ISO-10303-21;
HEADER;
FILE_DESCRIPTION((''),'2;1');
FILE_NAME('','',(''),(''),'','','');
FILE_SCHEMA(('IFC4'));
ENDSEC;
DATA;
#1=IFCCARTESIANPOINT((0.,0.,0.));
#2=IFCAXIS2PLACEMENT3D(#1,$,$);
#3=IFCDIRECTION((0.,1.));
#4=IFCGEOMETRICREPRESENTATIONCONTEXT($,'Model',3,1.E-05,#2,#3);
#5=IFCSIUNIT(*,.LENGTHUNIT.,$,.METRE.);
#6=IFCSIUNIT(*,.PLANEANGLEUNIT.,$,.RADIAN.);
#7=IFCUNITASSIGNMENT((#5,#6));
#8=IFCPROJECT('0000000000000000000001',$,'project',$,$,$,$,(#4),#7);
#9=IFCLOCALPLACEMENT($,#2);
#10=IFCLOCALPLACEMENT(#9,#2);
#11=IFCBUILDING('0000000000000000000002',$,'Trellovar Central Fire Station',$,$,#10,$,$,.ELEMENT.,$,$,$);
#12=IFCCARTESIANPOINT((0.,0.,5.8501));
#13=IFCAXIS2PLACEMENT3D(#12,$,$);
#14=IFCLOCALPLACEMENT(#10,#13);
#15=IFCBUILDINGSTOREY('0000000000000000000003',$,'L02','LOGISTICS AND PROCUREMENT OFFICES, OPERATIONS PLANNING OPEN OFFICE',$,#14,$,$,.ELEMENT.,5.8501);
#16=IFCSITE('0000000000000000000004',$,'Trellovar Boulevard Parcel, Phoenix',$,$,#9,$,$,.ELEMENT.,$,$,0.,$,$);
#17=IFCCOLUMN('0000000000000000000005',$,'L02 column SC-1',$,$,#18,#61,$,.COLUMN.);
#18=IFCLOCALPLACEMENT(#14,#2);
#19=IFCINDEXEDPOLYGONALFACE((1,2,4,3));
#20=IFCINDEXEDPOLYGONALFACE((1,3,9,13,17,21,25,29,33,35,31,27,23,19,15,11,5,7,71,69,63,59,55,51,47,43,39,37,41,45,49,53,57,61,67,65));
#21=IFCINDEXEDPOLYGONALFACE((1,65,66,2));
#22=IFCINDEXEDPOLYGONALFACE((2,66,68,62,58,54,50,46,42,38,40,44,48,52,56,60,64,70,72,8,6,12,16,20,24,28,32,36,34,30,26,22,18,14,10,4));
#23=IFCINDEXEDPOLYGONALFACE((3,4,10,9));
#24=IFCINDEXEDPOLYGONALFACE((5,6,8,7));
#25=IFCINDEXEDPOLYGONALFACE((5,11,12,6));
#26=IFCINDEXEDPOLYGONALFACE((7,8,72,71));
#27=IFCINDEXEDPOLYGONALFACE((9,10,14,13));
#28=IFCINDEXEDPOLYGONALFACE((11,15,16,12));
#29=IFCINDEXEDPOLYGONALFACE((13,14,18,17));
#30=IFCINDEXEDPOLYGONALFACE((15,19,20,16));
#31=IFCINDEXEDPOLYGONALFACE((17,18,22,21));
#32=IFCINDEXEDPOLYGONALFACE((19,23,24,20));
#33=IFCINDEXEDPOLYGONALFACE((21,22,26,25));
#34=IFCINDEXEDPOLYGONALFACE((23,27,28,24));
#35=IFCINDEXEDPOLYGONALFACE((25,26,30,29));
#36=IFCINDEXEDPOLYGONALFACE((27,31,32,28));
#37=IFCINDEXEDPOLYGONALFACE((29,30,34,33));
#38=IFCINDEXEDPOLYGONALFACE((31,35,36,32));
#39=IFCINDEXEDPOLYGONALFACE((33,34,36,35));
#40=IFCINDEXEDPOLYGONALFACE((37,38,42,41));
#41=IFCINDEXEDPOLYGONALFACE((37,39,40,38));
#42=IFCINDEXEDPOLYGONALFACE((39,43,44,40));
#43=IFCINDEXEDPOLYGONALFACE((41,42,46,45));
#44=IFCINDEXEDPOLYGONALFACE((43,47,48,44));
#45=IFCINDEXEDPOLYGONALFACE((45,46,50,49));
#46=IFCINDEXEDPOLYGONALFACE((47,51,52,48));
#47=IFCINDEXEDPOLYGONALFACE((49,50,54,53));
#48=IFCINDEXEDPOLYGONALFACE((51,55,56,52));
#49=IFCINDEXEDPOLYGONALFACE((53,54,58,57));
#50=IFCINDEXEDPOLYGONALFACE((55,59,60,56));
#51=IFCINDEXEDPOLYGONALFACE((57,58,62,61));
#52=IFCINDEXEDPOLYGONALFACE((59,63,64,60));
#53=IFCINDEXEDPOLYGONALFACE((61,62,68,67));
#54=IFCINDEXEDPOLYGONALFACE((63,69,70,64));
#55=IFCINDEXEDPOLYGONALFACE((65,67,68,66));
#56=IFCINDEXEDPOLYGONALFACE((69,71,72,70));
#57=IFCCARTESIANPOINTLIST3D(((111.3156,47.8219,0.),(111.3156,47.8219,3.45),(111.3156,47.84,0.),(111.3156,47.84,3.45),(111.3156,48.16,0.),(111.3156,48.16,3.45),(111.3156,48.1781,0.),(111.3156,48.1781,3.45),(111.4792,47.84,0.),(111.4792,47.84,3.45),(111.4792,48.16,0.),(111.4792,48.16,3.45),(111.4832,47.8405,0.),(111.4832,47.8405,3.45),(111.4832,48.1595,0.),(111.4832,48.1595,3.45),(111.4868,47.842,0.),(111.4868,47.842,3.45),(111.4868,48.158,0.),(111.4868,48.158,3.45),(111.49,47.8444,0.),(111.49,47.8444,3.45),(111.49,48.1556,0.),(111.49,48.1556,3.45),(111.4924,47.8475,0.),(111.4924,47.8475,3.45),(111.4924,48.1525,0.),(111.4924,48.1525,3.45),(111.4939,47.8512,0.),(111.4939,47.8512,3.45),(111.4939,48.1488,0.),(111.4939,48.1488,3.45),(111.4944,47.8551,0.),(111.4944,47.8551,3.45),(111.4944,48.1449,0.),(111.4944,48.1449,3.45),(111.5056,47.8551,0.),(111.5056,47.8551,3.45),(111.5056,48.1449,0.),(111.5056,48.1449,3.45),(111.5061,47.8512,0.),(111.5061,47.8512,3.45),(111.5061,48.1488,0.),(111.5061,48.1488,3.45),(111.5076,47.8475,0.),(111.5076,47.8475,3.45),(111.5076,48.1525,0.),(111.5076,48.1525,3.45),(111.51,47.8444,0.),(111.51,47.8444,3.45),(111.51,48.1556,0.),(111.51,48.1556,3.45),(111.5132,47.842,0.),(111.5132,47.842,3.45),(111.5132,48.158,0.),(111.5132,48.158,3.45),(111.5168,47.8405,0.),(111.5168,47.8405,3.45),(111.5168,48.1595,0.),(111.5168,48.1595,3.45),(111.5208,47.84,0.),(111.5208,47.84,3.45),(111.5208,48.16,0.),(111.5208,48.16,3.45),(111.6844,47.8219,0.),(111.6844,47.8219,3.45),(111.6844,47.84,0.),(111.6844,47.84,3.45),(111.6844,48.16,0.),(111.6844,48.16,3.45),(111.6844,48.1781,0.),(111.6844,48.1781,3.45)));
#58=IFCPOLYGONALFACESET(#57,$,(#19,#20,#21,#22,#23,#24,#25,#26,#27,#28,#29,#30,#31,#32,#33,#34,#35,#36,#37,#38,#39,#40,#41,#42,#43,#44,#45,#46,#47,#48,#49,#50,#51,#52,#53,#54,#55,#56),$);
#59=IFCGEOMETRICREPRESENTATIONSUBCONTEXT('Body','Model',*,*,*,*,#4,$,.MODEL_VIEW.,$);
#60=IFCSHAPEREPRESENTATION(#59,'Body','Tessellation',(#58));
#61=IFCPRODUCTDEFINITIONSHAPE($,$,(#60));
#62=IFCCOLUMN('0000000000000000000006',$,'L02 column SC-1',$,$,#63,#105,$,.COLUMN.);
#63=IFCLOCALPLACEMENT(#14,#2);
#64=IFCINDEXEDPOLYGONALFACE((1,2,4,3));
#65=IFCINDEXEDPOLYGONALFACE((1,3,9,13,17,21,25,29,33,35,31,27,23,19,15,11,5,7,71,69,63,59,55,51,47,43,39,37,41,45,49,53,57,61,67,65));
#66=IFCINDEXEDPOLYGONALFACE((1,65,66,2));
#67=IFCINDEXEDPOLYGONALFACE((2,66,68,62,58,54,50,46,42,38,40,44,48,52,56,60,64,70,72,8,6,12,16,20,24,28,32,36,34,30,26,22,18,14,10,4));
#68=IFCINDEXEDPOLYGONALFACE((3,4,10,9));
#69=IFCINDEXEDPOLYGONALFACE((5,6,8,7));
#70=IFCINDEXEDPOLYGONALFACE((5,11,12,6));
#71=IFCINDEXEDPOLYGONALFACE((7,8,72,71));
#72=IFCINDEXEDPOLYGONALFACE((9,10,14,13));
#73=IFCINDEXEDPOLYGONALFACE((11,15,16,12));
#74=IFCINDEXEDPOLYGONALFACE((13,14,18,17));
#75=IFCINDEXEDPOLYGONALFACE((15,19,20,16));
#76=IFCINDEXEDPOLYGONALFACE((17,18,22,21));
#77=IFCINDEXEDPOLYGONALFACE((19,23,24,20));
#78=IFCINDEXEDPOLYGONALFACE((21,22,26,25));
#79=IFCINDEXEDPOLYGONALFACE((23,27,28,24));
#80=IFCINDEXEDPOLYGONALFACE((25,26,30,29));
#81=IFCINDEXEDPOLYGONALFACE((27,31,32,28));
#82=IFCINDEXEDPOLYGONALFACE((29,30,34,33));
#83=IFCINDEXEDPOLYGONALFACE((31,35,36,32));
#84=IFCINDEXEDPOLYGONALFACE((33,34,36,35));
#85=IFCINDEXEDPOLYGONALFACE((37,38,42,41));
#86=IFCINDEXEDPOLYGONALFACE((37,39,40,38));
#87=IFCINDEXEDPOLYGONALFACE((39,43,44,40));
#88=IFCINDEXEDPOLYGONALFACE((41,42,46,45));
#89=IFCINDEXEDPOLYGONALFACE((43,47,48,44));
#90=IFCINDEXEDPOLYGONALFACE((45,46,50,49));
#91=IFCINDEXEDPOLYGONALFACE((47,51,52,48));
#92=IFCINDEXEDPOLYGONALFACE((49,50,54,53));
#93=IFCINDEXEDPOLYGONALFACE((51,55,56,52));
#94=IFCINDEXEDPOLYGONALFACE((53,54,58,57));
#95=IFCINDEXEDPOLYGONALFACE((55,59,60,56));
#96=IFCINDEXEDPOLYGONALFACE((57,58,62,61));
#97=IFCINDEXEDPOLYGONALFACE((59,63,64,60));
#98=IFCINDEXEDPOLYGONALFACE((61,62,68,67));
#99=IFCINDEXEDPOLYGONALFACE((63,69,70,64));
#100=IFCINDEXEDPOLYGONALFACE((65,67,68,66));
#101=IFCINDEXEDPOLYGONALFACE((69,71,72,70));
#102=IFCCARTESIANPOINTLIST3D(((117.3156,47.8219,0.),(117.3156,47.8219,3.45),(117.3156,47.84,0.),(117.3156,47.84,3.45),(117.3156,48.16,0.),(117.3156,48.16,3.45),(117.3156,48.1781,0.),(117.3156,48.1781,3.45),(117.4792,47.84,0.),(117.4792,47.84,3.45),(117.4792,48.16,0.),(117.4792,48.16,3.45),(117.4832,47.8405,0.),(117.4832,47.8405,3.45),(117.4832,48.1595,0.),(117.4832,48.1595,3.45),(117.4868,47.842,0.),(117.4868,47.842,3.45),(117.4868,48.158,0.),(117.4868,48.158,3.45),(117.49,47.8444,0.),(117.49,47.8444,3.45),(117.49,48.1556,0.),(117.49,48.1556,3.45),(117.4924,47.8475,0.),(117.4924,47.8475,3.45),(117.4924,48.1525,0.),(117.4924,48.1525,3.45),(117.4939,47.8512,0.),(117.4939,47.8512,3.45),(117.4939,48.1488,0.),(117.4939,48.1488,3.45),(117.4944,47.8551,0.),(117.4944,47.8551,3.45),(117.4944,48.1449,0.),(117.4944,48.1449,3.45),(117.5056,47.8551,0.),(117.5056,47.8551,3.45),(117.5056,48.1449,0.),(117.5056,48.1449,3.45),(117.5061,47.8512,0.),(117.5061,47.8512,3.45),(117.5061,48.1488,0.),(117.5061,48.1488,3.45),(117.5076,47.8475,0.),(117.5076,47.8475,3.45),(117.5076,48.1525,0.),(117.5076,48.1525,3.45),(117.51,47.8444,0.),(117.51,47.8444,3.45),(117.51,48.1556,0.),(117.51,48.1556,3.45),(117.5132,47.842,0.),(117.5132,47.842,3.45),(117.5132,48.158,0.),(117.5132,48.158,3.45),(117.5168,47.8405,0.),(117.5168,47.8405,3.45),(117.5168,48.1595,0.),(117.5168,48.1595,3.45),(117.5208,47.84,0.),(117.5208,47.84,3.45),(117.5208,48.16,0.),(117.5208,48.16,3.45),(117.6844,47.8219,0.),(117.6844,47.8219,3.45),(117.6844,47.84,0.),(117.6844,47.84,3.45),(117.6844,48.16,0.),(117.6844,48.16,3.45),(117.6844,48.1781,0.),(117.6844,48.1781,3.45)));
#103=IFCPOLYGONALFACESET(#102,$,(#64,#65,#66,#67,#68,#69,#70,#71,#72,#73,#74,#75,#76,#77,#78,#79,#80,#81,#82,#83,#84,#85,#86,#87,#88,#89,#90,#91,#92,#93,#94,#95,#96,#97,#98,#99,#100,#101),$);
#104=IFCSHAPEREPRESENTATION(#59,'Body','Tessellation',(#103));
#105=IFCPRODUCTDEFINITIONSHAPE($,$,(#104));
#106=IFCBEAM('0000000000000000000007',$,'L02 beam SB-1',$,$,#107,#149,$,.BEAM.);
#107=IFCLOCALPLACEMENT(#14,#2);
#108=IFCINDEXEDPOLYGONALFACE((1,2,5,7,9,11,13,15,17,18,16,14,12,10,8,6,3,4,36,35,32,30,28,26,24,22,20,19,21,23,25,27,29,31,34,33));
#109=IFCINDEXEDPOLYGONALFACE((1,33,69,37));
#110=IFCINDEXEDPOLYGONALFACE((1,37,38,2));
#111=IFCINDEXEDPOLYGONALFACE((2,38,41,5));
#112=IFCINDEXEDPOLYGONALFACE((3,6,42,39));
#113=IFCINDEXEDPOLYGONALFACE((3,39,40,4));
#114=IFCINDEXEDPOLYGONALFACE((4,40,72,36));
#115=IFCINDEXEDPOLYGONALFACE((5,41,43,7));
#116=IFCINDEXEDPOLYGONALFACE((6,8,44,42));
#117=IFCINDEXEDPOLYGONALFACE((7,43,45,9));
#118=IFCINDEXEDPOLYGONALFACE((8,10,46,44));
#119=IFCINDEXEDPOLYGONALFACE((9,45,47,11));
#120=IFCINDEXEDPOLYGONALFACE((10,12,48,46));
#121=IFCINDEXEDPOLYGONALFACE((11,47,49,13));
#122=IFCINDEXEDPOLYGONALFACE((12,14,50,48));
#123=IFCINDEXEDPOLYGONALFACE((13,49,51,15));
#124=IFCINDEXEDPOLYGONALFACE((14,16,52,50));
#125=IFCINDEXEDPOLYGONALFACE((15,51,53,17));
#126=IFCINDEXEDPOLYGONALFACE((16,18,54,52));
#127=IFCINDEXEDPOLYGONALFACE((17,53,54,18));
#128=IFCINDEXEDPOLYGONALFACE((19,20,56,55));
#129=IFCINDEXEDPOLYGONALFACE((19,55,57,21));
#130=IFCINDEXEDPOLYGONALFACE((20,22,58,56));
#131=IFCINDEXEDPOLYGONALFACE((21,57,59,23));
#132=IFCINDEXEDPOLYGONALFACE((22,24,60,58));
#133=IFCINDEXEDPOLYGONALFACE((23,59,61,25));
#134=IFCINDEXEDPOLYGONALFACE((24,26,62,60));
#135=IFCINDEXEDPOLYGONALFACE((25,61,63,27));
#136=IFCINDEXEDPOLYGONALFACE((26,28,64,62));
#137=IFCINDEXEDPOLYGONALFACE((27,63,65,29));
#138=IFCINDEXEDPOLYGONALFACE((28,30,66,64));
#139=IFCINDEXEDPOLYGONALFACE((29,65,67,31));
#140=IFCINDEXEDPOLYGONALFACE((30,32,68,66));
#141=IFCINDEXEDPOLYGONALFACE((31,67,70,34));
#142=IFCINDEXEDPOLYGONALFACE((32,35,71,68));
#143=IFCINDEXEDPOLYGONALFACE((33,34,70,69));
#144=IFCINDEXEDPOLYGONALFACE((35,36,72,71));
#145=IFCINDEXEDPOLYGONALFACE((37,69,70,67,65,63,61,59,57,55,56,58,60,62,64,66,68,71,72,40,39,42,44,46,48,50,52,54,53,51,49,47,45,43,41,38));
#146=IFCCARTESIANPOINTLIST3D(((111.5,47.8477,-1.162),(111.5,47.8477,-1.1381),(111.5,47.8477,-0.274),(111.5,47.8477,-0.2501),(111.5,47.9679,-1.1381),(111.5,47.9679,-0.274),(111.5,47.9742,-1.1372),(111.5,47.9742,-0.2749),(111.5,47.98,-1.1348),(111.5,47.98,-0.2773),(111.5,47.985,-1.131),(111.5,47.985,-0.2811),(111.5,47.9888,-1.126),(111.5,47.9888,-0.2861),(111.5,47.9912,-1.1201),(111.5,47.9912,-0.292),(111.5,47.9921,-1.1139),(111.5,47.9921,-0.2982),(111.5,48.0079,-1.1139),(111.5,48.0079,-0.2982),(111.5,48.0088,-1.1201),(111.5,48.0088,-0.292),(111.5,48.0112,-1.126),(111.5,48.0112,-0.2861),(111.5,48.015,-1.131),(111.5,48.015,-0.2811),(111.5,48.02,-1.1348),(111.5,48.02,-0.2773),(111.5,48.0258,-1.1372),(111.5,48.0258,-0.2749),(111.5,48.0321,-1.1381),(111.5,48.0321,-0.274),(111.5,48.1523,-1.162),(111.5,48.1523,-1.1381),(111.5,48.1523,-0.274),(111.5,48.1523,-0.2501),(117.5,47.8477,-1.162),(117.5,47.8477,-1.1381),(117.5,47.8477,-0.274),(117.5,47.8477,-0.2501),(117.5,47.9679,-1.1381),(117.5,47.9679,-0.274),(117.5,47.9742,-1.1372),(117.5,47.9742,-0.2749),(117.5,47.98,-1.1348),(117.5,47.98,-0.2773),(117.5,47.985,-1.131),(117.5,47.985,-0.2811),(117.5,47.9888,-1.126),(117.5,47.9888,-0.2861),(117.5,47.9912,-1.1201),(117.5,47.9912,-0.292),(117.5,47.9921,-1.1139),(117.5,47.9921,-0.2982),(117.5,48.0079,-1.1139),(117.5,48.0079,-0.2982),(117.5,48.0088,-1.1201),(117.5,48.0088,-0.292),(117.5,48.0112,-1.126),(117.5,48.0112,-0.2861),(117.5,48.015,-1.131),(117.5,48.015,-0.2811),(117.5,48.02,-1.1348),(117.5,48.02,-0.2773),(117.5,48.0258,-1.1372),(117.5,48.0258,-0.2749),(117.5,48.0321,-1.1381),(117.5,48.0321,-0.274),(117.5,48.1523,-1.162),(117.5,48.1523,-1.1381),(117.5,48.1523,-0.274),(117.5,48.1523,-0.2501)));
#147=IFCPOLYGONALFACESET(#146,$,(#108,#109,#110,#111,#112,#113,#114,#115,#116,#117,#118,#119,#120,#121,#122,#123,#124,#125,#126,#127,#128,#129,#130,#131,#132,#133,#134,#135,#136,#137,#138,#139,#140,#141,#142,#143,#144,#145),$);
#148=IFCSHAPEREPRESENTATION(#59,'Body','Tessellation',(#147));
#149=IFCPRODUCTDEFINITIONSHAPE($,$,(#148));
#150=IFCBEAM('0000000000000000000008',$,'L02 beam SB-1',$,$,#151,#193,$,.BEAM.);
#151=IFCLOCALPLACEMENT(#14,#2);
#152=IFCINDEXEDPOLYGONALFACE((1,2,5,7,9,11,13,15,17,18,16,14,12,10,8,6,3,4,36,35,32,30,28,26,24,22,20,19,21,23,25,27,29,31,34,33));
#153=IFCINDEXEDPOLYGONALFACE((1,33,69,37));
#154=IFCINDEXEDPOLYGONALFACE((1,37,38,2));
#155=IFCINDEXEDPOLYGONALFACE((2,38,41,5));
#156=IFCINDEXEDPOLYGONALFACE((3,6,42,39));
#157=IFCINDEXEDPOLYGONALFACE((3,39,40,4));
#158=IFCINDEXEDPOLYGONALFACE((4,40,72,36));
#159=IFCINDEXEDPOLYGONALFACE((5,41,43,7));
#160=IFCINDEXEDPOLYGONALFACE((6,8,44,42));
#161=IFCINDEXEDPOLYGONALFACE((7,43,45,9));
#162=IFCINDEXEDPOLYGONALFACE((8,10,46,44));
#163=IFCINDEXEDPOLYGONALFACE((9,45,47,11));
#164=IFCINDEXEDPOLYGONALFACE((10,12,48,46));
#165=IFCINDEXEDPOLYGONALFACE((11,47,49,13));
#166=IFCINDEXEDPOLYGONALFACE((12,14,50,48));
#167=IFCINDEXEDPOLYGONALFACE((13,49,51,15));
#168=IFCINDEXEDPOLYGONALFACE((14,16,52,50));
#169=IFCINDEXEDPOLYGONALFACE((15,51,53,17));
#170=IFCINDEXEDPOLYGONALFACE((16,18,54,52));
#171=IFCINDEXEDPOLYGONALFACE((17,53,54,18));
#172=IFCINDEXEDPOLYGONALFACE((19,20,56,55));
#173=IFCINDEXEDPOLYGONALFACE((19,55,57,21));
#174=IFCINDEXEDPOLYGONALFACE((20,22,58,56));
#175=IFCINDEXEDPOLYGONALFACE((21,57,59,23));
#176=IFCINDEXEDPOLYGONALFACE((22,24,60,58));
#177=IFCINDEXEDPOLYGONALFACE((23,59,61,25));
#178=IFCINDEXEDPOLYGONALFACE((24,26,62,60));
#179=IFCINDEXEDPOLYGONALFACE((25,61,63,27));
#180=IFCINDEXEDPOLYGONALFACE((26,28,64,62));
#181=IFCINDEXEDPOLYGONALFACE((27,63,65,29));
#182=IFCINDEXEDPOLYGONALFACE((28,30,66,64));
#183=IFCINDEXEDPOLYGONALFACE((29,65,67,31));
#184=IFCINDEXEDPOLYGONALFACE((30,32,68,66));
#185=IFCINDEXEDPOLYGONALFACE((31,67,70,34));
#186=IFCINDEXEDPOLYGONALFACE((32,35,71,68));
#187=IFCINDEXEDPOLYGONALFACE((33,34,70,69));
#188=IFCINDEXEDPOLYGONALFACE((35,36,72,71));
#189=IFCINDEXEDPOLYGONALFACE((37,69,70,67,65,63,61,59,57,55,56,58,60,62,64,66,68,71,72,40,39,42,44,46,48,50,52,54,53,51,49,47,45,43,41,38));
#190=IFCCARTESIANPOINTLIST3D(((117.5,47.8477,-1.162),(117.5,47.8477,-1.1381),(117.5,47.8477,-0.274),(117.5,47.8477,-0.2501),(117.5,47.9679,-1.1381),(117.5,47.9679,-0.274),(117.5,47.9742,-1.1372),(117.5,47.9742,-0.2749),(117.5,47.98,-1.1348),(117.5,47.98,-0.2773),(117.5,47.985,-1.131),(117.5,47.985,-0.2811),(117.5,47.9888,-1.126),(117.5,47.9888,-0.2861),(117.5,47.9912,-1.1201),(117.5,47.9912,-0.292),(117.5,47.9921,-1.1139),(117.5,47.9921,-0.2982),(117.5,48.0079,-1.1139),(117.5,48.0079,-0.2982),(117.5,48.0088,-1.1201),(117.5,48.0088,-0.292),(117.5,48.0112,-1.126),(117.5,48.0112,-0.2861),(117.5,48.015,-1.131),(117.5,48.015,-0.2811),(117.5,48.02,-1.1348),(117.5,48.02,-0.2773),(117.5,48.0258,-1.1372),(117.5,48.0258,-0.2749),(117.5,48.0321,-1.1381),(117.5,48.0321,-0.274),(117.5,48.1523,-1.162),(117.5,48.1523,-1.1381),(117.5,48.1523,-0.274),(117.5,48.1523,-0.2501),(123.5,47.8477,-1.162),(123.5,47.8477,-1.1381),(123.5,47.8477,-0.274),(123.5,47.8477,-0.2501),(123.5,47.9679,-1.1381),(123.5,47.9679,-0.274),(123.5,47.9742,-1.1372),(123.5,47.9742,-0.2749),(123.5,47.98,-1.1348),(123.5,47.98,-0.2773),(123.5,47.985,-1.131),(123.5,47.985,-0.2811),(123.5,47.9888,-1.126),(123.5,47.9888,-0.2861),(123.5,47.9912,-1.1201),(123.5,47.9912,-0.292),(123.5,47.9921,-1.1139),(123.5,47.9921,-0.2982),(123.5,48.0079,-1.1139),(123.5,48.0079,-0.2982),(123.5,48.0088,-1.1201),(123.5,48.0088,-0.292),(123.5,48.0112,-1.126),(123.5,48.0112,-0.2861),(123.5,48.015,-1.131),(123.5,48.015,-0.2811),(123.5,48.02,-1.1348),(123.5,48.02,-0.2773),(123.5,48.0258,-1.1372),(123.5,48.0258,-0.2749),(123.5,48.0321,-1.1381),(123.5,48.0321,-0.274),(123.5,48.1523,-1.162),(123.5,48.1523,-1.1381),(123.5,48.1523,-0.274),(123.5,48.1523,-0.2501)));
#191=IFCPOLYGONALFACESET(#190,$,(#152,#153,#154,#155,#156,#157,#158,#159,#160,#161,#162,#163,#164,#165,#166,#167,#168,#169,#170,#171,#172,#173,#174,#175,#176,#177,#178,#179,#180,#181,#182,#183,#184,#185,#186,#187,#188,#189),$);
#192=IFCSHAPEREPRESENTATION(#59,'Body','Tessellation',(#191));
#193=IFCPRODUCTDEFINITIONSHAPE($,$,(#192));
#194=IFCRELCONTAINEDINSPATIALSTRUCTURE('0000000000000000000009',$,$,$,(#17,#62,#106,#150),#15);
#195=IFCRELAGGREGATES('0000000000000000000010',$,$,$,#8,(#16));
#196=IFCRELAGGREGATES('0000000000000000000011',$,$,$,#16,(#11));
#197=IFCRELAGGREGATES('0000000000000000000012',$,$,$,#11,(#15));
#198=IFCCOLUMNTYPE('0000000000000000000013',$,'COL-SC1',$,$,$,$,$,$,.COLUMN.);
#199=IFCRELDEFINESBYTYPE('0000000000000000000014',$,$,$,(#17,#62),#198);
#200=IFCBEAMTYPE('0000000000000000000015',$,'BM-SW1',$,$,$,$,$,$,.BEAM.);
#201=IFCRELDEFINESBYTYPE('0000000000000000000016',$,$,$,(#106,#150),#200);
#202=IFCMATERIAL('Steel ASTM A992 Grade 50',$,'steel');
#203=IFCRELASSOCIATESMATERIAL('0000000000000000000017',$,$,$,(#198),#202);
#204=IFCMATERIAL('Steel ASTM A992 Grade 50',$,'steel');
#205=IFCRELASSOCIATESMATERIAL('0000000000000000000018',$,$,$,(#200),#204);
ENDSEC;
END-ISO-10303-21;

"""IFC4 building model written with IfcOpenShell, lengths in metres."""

from ifc_helpers import new_model, si_unit, direction, frame, origin, origin_2d, place, context, subcontext, project, spatial, i_section, extrude, material, material_profile, profile_set, type_object, element, save


model = new_model("IFC4")

# Units and contexts
model_context = context("Model", 3, precision=1e-05, world=origin(), true_north=direction((0.0, 1.0)))
body_context = subcontext(model_context, "Body", "Model", "MODEL_VIEW")
ifc_project = project(units=[si_unit("LENGTHUNIT", "METRE"), si_unit("PLANEANGLEUNIT", "RADIAN")], contexts=[model_context])

# Site, building, storey
site_placement = place(None, origin())
site = spatial("IfcSite", under=ifc_project, at=site_placement, Name="Trellovar Boulevard Parcel, Phoenix", CompositionType="ELEMENT", RefElevation=0.0)
building_placement = place(site_placement, origin())
building = spatial("IfcBuilding", under=site, at=building_placement, Name="Trellovar Central Fire Station", CompositionType="ELEMENT")
storey_placement = place(building_placement, frame((0.0, 0.0, 5.8501)))
storey = spatial("IfcBuildingStorey", under=building, at=storey_placement, Name="L02", Description="LOGISTICS AND PROCUREMENT OFFICES, OPERATIONS PLANNING OPEN OFFICE", CompositionType="ELEMENT", Elevation=5.8501)

# Columns
ifc_material_1 = material(Name="Steel ASTM A992 Grade 50", Category="steel")
ifc_material_profile_1 = material_profile(ifc_material_1, i_section(OverallWidth=0.3689, OverallDepth=0.3562, WebThickness=0.0112, FlangeThickness=0.0181, FilletRadius=0.0151, at=origin_2d()), Name="W14X90")
ifc_profile_set_1 = profile_set([ifc_material_profile_1], Name="Steel ASTM A992 Grade 50")
column_type = type_object("IfcColumnType", Name="COL-SC1", PredefinedType="COLUMN", material=ifc_profile_set_1)
for number, where, z_axis, x_axis, name in (
    (1, (111.5, 48.0, 0.0), (0.0, 0.0, 1.0), (1.0, 0.0, 0.0), "L02 column SC-1"),
    (2, (117.5, 48.0, 0.0), (0.0, 0.0, 1.0), (1.0, 0.0, 0.0), "L02 column SC-1"),
):
    element("IfcColumn", number, at=place(storey_placement, frame(where, z_axis=z_axis, x_axis=x_axis)), inside=storey, type_object=column_type, Name=name, PredefinedType="COLUMN", context=body_context, shape_type="SweptSolid", body=[
        extrude(i_section(OverallWidth=0.3689, OverallDepth=0.3562, WebThickness=0.0112, FlangeThickness=0.0181, FilletRadius=0.0151, at=origin_2d()), origin(), (0.0, 0.0, 1.0), 3.45),
    ])

# Beams
ifc_material_2 = material(Name="Steel ASTM A992 Grade 50", Category="steel")
ifc_material_profile_2 = material_profile(ifc_material_2, i_section(OverallWidth=0.3047, OverallDepth=0.9119, WebThickness=0.0159, FlangeThickness=0.0239, FilletRadius=0.0242, at=origin_2d()), Name="W36X150")
ifc_profile_set_2 = profile_set([ifc_material_profile_2], Name="Steel ASTM A992 Grade 50")
beam_type_1 = type_object("IfcBeamType", Name="BM-SW1", PredefinedType="BEAM", material=ifc_profile_set_2)
for number, where, z_axis, x_axis, name in (
    (3, (111.5, 48.0, -0.7061), (1.0, 0.0, 0.0), (0.0, 1.0, 0.0), "L02 beam SB-1"),
    (4, (117.5, 48.0, -0.7061), (1.0, 0.0, 0.0), (0.0, 1.0, 0.0), "L02 beam SB-1"),
):
    element("IfcBeam", number, at=place(storey_placement, frame(where, z_axis=z_axis, x_axis=x_axis)), inside=storey, type_object=beam_type_1, Name=name, PredefinedType="BEAM", context=body_context, shape_type="SweptSolid", body=[
        extrude(i_section(OverallWidth=0.3047, OverallDepth=0.9119, WebThickness=0.0159, FlangeThickness=0.0239, FilletRadius=0.0242, at=origin_2d()), origin(), (0.0, 0.0, 1.0), 6.0),
    ])

save(model, "model.ifc")
